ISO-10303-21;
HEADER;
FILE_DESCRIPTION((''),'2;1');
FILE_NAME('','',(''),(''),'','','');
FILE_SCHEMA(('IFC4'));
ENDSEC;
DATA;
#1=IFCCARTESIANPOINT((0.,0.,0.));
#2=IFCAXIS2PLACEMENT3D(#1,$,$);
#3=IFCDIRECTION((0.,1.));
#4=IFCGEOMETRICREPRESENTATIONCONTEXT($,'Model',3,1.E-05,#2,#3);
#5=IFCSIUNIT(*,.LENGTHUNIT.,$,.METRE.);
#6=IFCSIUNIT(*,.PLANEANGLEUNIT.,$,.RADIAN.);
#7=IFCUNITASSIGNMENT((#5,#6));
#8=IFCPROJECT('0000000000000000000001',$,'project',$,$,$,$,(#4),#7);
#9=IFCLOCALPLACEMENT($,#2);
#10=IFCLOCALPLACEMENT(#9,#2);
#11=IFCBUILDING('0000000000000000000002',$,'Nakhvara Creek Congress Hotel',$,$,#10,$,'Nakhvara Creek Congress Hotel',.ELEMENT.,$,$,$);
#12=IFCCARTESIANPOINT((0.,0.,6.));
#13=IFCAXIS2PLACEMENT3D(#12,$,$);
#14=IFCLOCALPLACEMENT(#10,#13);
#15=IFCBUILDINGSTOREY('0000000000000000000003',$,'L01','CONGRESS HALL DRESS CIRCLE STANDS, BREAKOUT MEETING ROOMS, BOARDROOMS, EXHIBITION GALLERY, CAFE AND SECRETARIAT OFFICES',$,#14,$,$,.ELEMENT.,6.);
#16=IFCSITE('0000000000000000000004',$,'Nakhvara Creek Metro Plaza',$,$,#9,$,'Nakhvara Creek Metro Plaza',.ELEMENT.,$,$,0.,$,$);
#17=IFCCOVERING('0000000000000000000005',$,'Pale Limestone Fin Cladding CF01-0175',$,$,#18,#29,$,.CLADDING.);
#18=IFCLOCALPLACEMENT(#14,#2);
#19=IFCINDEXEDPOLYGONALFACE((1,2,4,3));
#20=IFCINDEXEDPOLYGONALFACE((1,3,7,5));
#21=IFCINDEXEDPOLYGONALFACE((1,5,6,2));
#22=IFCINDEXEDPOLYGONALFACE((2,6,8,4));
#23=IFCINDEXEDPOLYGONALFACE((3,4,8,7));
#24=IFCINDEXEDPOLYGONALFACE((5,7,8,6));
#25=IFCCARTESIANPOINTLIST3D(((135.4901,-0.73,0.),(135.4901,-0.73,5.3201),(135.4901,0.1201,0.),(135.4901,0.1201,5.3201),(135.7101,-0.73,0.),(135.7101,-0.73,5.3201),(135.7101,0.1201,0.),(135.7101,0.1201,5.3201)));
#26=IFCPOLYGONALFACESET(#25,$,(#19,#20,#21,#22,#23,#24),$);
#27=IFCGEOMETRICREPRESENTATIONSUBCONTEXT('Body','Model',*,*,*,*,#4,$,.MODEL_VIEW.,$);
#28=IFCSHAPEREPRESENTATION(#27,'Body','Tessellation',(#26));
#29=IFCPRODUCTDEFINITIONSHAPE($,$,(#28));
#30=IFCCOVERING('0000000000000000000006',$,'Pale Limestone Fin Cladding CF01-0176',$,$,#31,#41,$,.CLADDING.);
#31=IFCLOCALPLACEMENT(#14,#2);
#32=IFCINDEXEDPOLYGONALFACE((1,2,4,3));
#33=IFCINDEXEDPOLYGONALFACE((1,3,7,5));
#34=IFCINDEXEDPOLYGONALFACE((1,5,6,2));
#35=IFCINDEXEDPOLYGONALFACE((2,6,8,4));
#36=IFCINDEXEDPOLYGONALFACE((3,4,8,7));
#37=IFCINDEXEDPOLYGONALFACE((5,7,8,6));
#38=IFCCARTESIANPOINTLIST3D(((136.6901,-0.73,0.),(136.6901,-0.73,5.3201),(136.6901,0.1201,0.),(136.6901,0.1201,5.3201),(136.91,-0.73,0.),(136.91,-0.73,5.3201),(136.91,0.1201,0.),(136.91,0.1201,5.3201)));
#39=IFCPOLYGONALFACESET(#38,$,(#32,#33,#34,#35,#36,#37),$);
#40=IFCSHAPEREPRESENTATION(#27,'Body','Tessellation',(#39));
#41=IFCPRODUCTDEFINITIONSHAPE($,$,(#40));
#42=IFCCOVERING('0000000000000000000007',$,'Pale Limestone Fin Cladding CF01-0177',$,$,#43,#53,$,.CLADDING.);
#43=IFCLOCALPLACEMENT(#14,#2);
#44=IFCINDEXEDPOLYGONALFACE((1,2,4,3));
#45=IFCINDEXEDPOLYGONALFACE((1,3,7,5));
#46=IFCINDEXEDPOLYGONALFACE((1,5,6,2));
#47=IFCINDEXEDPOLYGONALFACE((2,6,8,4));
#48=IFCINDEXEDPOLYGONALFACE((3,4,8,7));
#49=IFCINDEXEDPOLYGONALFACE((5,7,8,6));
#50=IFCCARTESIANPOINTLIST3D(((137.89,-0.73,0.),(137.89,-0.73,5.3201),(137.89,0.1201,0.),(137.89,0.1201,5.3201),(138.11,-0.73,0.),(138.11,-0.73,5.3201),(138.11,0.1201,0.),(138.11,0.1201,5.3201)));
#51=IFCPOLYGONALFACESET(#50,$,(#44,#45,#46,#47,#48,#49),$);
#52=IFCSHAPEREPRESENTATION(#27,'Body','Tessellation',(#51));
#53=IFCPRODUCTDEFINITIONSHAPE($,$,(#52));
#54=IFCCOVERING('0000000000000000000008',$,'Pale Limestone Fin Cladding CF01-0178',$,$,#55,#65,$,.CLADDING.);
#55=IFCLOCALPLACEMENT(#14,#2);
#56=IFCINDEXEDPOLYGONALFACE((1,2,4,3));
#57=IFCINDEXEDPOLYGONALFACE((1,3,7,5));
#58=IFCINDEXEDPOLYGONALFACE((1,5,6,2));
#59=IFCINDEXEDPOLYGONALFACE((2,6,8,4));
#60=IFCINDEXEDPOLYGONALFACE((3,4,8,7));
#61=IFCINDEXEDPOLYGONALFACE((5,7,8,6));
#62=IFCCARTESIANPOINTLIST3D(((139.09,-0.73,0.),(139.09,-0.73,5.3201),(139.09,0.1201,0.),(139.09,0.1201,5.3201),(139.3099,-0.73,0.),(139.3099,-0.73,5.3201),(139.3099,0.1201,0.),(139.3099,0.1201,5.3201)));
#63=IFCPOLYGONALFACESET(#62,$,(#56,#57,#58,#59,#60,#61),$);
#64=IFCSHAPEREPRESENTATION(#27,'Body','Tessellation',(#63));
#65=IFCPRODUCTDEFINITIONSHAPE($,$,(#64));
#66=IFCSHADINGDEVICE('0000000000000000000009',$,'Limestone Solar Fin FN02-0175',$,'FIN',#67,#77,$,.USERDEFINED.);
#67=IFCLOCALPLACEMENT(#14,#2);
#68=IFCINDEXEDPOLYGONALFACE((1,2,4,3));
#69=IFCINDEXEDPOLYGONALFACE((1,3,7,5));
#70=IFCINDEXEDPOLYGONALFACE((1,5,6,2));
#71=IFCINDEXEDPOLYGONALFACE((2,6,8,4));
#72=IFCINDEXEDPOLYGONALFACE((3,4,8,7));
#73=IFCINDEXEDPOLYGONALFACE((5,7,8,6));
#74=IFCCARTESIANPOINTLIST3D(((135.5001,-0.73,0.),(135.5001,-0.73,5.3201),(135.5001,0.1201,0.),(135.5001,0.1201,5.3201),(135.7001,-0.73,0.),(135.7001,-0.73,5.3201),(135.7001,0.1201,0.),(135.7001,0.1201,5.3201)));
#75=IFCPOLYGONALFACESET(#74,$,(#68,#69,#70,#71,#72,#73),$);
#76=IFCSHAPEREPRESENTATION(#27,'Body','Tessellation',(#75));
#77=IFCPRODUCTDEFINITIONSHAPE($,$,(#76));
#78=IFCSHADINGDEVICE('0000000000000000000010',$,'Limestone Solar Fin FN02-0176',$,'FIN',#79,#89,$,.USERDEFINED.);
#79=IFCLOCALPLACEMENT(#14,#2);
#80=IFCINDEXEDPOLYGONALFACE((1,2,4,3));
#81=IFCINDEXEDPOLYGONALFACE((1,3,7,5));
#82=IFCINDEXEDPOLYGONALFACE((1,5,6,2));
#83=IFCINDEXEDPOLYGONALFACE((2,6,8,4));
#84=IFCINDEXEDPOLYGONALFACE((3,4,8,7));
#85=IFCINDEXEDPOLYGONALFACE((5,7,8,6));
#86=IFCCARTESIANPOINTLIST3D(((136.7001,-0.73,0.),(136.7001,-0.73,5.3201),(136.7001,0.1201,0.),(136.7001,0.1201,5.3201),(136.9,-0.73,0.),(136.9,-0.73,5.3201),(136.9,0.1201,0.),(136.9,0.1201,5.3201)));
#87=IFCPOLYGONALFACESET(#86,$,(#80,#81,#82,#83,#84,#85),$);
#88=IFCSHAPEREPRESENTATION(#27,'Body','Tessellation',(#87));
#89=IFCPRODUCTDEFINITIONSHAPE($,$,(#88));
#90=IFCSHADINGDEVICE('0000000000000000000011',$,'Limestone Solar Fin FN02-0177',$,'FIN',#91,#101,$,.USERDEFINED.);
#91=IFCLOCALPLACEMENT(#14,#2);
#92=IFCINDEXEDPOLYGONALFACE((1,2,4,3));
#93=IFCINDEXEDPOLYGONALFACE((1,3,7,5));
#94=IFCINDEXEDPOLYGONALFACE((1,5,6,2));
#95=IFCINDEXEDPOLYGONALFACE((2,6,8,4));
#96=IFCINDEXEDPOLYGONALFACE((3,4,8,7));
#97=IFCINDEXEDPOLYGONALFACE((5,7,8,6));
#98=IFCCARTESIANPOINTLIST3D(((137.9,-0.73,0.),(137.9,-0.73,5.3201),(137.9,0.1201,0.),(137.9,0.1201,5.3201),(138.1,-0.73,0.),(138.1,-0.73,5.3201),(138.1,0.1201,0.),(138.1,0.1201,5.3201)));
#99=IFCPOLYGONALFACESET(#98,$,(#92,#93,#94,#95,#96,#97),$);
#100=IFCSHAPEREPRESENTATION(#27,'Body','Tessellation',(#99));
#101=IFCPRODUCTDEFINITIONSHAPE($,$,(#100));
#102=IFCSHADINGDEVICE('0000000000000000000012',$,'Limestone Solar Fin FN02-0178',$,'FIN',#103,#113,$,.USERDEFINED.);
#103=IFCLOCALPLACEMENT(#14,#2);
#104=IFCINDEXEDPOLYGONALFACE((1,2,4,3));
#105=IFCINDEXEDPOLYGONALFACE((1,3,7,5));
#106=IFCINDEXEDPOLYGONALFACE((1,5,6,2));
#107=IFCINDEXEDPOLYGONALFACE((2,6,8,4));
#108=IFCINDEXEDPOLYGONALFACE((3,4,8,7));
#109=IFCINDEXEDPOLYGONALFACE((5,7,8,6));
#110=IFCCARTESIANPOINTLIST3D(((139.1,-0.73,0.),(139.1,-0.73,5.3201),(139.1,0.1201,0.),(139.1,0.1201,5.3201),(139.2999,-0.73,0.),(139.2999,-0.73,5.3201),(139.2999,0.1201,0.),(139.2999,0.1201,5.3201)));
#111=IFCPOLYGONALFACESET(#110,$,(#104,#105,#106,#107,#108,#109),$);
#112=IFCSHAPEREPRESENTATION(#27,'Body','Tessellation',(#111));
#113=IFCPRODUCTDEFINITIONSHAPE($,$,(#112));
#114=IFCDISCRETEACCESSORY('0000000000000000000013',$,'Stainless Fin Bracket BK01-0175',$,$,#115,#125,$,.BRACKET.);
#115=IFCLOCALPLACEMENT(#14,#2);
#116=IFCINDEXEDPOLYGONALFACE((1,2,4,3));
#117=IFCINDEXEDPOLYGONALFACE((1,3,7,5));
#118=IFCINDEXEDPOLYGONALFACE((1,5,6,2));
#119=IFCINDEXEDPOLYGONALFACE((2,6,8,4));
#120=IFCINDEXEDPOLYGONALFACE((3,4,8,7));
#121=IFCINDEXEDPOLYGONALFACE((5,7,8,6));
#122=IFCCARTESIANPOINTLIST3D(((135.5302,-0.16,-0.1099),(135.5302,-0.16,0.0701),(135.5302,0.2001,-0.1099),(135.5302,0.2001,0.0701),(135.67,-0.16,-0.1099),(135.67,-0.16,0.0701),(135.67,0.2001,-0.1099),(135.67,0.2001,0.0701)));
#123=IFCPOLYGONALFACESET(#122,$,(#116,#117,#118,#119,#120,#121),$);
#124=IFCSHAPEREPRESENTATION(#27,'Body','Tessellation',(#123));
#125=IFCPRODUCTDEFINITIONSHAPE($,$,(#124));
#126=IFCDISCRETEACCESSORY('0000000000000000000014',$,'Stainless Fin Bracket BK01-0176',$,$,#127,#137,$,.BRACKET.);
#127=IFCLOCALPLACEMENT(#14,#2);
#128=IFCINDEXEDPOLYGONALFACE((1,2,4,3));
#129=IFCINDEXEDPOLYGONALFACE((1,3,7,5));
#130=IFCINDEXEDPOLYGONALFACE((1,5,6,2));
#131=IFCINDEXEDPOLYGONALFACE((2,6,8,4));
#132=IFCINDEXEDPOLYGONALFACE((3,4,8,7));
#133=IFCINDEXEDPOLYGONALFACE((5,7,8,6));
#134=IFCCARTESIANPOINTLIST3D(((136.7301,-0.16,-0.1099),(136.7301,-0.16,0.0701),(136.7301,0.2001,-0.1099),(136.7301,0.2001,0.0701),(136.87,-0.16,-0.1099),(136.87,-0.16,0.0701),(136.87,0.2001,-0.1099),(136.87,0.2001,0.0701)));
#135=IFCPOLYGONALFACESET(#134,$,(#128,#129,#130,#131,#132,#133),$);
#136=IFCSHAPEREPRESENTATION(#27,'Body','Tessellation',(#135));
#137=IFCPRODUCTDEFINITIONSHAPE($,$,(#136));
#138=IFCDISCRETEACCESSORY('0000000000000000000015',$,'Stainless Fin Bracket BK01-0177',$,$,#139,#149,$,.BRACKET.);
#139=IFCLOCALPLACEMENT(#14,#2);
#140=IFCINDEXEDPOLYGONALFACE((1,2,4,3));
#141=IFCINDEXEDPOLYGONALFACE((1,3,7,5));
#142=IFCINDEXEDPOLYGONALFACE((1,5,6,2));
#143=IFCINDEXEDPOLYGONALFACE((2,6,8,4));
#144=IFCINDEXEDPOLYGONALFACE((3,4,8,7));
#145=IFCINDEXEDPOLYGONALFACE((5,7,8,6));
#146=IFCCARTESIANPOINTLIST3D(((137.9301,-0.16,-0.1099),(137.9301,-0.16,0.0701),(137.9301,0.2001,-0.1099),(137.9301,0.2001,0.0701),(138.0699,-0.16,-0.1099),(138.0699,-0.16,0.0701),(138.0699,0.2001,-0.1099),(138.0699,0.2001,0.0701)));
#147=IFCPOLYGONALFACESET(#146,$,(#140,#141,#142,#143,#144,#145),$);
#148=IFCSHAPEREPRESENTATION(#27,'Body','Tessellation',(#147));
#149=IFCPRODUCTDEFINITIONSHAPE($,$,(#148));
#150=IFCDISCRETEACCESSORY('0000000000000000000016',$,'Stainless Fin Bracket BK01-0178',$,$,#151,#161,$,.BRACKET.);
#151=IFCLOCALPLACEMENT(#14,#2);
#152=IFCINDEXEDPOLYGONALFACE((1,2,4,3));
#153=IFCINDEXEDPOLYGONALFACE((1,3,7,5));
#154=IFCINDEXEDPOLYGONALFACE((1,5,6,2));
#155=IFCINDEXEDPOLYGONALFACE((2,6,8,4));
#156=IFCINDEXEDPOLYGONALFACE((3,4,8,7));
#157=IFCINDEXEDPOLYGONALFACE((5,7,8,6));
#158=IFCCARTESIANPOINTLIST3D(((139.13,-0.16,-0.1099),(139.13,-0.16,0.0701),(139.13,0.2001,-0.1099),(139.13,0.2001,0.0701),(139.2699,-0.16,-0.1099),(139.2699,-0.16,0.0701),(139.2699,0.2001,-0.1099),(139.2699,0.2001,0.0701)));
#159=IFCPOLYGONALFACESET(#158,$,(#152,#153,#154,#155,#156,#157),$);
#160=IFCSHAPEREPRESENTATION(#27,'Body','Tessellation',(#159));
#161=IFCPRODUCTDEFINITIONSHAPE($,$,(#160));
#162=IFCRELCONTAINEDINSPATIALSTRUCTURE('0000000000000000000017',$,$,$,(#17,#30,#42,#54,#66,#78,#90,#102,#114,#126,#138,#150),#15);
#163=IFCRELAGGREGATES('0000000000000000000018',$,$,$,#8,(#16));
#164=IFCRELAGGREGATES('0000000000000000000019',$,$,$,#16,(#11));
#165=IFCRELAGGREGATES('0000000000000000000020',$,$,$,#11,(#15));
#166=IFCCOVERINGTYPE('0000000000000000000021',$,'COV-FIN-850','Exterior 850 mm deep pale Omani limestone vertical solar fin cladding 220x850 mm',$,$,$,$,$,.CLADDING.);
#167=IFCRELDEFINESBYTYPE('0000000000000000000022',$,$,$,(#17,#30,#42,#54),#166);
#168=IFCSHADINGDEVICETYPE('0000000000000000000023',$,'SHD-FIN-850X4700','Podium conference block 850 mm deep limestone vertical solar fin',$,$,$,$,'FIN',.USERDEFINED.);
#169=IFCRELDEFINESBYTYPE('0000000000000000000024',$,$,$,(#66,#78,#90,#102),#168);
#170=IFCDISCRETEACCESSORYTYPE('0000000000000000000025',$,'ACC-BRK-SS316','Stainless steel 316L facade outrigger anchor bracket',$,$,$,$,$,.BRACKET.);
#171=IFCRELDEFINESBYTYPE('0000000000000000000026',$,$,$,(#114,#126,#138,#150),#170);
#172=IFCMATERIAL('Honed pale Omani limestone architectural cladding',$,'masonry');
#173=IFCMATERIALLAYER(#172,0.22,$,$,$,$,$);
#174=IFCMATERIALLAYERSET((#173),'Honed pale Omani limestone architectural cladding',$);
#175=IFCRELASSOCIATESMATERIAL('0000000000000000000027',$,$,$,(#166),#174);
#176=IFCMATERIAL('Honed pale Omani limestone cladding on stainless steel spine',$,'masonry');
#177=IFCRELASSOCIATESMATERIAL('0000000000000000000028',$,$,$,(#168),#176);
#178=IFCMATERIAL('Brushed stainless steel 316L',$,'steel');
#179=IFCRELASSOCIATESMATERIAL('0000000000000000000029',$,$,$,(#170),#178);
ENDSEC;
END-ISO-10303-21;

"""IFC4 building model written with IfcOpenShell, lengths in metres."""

from ifc_helpers import new_model, si_unit, direction, frame, origin, origin_2d, place, context, subcontext, project, spatial, rectangle, extrude, material, layer, layer_set, type_object, element, save


model = new_model("IFC4")

# Units and contexts
model_context = context("Model", 3, precision=1e-05, world=origin(), true_north=direction((0.0, 1.0)))
body_context = subcontext(model_context, "Body", "Model", "MODEL_VIEW")
ifc_project = project(units=[si_unit("LENGTHUNIT", "METRE"), si_unit("PLANEANGLEUNIT", "RADIAN")], contexts=[model_context])

# Site, building, storey
site_placement = place(None, origin())
site = spatial("IfcSite", under=ifc_project, at=site_placement, Name="Nakhvara Creek Metro Plaza", LongName="Nakhvara Creek Metro Plaza", CompositionType="ELEMENT", RefElevation=0.0)
building_placement = place(site_placement, origin())
building = spatial("IfcBuilding", under=site, at=building_placement, Name="Nakhvara Creek Congress Hotel", LongName="Nakhvara Creek Congress Hotel", CompositionType="ELEMENT")
storey_placement = place(building_placement, frame((0.0, 0.0, 6.0)))
storey = spatial("IfcBuildingStorey", under=building, at=storey_placement, Name="L01", Description="CONGRESS HALL DRESS CIRCLE STANDS, BREAKOUT MEETING ROOMS, BOARDROOMS, EXHIBITION GALLERY, CAFE AND SECRETARIAT OFFICES", CompositionType="ELEMENT", Elevation=6.0)

# Coverings
ifc_material_1 = material(Name="Honed pale Omani limestone architectural cladding", Category="masonry")
ifc_layer_1 = layer(ifc_material_1, 0.22)
ifc_layer_set_1 = layer_set([ifc_layer_1], Name="Honed pale Omani limestone architectural cladding")
covering_type = type_object("IfcCoveringType", Name="COV-FIN-850", Description="Exterior 850 mm deep pale Omani limestone vertical solar fin cladding 220x850 mm", PredefinedType="CLADDING", material=ifc_layer_set_1)
for number, where, z_axis, x_axis, name in (
    (1, (135.6001, -0.3049, 0.0), (0.0, 0.0, 1.0), (1.0, 0.0, 0.0), "Pale Limestone Fin Cladding CF01-0175"),
    (2, (136.8, -0.3049, 0.0), (0.0, 0.0, 1.0), (1.0, 0.0, 0.0), "Pale Limestone Fin Cladding CF01-0176"),
    (3, (138.0, -0.3049, 0.0), (0.0, 0.0, 1.0), (1.0, 0.0, 0.0), "Pale Limestone Fin Cladding CF01-0177"),
    (4, (139.2, -0.3049, 0.0), (0.0, 0.0, 1.0), (1.0, 0.0, 0.0), "Pale Limestone Fin Cladding CF01-0178"),
):
    element("IfcCovering", number, at=place(storey_placement, frame(where, z_axis=z_axis, x_axis=x_axis)), inside=storey, type_object=covering_type, Name=name, PredefinedType="CLADDING", context=body_context, shape_type="SweptSolid", body=[
        extrude(rectangle(XDim=0.22, YDim=0.8501, at=origin_2d()), origin(), (0.0, 0.0, 1.0), 5.3201),
    ])

# Shared definitions
ifc_material_2 = material(Name="Brushed stainless steel 316L", Category="steel")

# Shading devices
ifc_material_3 = material(Name="Honed pale Omani limestone cladding on stainless steel spine", Category="masonry")
shading_device_type = type_object("IfcShadingDeviceType", Name="SHD-FIN-850X4700", Description="Podium conference block 850 mm deep limestone vertical solar fin", ElementType="FIN", PredefinedType="USERDEFINED", material=ifc_material_3)
for number, where, z_axis, x_axis, name in (
    (5, (135.6001, -0.3049, 0.0), (0.0, 0.0, 1.0), (1.0, 0.0, 0.0), "Limestone Solar Fin FN02-0175"),
    (6, (136.8, -0.3049, 0.0), (0.0, 0.0, 1.0), (1.0, 0.0, 0.0), "Limestone Solar Fin FN02-0176"),
    (7, (138.0, -0.3049, 0.0), (0.0, 0.0, 1.0), (1.0, 0.0, 0.0), "Limestone Solar Fin FN02-0177"),
    (8, (139.2, -0.3049, 0.0), (0.0, 0.0, 1.0), (1.0, 0.0, 0.0), "Limestone Solar Fin FN02-0178"),
):
    element("IfcShadingDevice", number, at=place(storey_placement, frame(where, z_axis=z_axis, x_axis=x_axis)), inside=storey, type_object=shading_device_type, Name=name, ObjectType="FIN", PredefinedType="USERDEFINED", context=body_context, shape_type="SweptSolid", body=[
        extrude(rectangle(XDim=0.2, YDim=0.8501, at=origin_2d()), origin(), (0.0, 0.0, 1.0), 5.3201),
    ])

# Discrete accessories
discrete_accessory_type = type_object("IfcDiscreteAccessoryType", Name="ACC-BRK-SS316", Description="Stainless steel 316L facade outrigger anchor bracket", PredefinedType="BRACKET", material=ifc_material_2)
for number, where, z_axis, x_axis, name in (
    (9, (135.6001, 0.02, -0.1099), (0.0, 0.0, 1.0), (1.0, 0.0, 0.0), "Stainless Fin Bracket BK01-0175"),
    (10, (136.8, 0.02, -0.1099), (0.0, 0.0, 1.0), (1.0, 0.0, 0.0), "Stainless Fin Bracket BK01-0176"),
    (11, (138.0, 0.02, -0.1099), (0.0, 0.0, 1.0), (1.0, 0.0, 0.0), "Stainless Fin Bracket BK01-0177"),
    (12, (139.2, 0.02, -0.1099), (0.0, 0.0, 1.0), (1.0, 0.0, 0.0), "Stainless Fin Bracket BK01-0178"),
):
    element("IfcDiscreteAccessory", number, at=place(storey_placement, frame(where, z_axis=z_axis, x_axis=x_axis)), inside=storey, type_object=discrete_accessory_type, Name=name, PredefinedType="BRACKET", context=body_context, shape_type="SweptSolid", body=[
        extrude(rectangle(XDim=0.1399, YDim=0.3601, at=origin_2d()), origin(), (0.0, 0.0, 1.0), 0.1799),
    ])

save(model, "model.ifc")
